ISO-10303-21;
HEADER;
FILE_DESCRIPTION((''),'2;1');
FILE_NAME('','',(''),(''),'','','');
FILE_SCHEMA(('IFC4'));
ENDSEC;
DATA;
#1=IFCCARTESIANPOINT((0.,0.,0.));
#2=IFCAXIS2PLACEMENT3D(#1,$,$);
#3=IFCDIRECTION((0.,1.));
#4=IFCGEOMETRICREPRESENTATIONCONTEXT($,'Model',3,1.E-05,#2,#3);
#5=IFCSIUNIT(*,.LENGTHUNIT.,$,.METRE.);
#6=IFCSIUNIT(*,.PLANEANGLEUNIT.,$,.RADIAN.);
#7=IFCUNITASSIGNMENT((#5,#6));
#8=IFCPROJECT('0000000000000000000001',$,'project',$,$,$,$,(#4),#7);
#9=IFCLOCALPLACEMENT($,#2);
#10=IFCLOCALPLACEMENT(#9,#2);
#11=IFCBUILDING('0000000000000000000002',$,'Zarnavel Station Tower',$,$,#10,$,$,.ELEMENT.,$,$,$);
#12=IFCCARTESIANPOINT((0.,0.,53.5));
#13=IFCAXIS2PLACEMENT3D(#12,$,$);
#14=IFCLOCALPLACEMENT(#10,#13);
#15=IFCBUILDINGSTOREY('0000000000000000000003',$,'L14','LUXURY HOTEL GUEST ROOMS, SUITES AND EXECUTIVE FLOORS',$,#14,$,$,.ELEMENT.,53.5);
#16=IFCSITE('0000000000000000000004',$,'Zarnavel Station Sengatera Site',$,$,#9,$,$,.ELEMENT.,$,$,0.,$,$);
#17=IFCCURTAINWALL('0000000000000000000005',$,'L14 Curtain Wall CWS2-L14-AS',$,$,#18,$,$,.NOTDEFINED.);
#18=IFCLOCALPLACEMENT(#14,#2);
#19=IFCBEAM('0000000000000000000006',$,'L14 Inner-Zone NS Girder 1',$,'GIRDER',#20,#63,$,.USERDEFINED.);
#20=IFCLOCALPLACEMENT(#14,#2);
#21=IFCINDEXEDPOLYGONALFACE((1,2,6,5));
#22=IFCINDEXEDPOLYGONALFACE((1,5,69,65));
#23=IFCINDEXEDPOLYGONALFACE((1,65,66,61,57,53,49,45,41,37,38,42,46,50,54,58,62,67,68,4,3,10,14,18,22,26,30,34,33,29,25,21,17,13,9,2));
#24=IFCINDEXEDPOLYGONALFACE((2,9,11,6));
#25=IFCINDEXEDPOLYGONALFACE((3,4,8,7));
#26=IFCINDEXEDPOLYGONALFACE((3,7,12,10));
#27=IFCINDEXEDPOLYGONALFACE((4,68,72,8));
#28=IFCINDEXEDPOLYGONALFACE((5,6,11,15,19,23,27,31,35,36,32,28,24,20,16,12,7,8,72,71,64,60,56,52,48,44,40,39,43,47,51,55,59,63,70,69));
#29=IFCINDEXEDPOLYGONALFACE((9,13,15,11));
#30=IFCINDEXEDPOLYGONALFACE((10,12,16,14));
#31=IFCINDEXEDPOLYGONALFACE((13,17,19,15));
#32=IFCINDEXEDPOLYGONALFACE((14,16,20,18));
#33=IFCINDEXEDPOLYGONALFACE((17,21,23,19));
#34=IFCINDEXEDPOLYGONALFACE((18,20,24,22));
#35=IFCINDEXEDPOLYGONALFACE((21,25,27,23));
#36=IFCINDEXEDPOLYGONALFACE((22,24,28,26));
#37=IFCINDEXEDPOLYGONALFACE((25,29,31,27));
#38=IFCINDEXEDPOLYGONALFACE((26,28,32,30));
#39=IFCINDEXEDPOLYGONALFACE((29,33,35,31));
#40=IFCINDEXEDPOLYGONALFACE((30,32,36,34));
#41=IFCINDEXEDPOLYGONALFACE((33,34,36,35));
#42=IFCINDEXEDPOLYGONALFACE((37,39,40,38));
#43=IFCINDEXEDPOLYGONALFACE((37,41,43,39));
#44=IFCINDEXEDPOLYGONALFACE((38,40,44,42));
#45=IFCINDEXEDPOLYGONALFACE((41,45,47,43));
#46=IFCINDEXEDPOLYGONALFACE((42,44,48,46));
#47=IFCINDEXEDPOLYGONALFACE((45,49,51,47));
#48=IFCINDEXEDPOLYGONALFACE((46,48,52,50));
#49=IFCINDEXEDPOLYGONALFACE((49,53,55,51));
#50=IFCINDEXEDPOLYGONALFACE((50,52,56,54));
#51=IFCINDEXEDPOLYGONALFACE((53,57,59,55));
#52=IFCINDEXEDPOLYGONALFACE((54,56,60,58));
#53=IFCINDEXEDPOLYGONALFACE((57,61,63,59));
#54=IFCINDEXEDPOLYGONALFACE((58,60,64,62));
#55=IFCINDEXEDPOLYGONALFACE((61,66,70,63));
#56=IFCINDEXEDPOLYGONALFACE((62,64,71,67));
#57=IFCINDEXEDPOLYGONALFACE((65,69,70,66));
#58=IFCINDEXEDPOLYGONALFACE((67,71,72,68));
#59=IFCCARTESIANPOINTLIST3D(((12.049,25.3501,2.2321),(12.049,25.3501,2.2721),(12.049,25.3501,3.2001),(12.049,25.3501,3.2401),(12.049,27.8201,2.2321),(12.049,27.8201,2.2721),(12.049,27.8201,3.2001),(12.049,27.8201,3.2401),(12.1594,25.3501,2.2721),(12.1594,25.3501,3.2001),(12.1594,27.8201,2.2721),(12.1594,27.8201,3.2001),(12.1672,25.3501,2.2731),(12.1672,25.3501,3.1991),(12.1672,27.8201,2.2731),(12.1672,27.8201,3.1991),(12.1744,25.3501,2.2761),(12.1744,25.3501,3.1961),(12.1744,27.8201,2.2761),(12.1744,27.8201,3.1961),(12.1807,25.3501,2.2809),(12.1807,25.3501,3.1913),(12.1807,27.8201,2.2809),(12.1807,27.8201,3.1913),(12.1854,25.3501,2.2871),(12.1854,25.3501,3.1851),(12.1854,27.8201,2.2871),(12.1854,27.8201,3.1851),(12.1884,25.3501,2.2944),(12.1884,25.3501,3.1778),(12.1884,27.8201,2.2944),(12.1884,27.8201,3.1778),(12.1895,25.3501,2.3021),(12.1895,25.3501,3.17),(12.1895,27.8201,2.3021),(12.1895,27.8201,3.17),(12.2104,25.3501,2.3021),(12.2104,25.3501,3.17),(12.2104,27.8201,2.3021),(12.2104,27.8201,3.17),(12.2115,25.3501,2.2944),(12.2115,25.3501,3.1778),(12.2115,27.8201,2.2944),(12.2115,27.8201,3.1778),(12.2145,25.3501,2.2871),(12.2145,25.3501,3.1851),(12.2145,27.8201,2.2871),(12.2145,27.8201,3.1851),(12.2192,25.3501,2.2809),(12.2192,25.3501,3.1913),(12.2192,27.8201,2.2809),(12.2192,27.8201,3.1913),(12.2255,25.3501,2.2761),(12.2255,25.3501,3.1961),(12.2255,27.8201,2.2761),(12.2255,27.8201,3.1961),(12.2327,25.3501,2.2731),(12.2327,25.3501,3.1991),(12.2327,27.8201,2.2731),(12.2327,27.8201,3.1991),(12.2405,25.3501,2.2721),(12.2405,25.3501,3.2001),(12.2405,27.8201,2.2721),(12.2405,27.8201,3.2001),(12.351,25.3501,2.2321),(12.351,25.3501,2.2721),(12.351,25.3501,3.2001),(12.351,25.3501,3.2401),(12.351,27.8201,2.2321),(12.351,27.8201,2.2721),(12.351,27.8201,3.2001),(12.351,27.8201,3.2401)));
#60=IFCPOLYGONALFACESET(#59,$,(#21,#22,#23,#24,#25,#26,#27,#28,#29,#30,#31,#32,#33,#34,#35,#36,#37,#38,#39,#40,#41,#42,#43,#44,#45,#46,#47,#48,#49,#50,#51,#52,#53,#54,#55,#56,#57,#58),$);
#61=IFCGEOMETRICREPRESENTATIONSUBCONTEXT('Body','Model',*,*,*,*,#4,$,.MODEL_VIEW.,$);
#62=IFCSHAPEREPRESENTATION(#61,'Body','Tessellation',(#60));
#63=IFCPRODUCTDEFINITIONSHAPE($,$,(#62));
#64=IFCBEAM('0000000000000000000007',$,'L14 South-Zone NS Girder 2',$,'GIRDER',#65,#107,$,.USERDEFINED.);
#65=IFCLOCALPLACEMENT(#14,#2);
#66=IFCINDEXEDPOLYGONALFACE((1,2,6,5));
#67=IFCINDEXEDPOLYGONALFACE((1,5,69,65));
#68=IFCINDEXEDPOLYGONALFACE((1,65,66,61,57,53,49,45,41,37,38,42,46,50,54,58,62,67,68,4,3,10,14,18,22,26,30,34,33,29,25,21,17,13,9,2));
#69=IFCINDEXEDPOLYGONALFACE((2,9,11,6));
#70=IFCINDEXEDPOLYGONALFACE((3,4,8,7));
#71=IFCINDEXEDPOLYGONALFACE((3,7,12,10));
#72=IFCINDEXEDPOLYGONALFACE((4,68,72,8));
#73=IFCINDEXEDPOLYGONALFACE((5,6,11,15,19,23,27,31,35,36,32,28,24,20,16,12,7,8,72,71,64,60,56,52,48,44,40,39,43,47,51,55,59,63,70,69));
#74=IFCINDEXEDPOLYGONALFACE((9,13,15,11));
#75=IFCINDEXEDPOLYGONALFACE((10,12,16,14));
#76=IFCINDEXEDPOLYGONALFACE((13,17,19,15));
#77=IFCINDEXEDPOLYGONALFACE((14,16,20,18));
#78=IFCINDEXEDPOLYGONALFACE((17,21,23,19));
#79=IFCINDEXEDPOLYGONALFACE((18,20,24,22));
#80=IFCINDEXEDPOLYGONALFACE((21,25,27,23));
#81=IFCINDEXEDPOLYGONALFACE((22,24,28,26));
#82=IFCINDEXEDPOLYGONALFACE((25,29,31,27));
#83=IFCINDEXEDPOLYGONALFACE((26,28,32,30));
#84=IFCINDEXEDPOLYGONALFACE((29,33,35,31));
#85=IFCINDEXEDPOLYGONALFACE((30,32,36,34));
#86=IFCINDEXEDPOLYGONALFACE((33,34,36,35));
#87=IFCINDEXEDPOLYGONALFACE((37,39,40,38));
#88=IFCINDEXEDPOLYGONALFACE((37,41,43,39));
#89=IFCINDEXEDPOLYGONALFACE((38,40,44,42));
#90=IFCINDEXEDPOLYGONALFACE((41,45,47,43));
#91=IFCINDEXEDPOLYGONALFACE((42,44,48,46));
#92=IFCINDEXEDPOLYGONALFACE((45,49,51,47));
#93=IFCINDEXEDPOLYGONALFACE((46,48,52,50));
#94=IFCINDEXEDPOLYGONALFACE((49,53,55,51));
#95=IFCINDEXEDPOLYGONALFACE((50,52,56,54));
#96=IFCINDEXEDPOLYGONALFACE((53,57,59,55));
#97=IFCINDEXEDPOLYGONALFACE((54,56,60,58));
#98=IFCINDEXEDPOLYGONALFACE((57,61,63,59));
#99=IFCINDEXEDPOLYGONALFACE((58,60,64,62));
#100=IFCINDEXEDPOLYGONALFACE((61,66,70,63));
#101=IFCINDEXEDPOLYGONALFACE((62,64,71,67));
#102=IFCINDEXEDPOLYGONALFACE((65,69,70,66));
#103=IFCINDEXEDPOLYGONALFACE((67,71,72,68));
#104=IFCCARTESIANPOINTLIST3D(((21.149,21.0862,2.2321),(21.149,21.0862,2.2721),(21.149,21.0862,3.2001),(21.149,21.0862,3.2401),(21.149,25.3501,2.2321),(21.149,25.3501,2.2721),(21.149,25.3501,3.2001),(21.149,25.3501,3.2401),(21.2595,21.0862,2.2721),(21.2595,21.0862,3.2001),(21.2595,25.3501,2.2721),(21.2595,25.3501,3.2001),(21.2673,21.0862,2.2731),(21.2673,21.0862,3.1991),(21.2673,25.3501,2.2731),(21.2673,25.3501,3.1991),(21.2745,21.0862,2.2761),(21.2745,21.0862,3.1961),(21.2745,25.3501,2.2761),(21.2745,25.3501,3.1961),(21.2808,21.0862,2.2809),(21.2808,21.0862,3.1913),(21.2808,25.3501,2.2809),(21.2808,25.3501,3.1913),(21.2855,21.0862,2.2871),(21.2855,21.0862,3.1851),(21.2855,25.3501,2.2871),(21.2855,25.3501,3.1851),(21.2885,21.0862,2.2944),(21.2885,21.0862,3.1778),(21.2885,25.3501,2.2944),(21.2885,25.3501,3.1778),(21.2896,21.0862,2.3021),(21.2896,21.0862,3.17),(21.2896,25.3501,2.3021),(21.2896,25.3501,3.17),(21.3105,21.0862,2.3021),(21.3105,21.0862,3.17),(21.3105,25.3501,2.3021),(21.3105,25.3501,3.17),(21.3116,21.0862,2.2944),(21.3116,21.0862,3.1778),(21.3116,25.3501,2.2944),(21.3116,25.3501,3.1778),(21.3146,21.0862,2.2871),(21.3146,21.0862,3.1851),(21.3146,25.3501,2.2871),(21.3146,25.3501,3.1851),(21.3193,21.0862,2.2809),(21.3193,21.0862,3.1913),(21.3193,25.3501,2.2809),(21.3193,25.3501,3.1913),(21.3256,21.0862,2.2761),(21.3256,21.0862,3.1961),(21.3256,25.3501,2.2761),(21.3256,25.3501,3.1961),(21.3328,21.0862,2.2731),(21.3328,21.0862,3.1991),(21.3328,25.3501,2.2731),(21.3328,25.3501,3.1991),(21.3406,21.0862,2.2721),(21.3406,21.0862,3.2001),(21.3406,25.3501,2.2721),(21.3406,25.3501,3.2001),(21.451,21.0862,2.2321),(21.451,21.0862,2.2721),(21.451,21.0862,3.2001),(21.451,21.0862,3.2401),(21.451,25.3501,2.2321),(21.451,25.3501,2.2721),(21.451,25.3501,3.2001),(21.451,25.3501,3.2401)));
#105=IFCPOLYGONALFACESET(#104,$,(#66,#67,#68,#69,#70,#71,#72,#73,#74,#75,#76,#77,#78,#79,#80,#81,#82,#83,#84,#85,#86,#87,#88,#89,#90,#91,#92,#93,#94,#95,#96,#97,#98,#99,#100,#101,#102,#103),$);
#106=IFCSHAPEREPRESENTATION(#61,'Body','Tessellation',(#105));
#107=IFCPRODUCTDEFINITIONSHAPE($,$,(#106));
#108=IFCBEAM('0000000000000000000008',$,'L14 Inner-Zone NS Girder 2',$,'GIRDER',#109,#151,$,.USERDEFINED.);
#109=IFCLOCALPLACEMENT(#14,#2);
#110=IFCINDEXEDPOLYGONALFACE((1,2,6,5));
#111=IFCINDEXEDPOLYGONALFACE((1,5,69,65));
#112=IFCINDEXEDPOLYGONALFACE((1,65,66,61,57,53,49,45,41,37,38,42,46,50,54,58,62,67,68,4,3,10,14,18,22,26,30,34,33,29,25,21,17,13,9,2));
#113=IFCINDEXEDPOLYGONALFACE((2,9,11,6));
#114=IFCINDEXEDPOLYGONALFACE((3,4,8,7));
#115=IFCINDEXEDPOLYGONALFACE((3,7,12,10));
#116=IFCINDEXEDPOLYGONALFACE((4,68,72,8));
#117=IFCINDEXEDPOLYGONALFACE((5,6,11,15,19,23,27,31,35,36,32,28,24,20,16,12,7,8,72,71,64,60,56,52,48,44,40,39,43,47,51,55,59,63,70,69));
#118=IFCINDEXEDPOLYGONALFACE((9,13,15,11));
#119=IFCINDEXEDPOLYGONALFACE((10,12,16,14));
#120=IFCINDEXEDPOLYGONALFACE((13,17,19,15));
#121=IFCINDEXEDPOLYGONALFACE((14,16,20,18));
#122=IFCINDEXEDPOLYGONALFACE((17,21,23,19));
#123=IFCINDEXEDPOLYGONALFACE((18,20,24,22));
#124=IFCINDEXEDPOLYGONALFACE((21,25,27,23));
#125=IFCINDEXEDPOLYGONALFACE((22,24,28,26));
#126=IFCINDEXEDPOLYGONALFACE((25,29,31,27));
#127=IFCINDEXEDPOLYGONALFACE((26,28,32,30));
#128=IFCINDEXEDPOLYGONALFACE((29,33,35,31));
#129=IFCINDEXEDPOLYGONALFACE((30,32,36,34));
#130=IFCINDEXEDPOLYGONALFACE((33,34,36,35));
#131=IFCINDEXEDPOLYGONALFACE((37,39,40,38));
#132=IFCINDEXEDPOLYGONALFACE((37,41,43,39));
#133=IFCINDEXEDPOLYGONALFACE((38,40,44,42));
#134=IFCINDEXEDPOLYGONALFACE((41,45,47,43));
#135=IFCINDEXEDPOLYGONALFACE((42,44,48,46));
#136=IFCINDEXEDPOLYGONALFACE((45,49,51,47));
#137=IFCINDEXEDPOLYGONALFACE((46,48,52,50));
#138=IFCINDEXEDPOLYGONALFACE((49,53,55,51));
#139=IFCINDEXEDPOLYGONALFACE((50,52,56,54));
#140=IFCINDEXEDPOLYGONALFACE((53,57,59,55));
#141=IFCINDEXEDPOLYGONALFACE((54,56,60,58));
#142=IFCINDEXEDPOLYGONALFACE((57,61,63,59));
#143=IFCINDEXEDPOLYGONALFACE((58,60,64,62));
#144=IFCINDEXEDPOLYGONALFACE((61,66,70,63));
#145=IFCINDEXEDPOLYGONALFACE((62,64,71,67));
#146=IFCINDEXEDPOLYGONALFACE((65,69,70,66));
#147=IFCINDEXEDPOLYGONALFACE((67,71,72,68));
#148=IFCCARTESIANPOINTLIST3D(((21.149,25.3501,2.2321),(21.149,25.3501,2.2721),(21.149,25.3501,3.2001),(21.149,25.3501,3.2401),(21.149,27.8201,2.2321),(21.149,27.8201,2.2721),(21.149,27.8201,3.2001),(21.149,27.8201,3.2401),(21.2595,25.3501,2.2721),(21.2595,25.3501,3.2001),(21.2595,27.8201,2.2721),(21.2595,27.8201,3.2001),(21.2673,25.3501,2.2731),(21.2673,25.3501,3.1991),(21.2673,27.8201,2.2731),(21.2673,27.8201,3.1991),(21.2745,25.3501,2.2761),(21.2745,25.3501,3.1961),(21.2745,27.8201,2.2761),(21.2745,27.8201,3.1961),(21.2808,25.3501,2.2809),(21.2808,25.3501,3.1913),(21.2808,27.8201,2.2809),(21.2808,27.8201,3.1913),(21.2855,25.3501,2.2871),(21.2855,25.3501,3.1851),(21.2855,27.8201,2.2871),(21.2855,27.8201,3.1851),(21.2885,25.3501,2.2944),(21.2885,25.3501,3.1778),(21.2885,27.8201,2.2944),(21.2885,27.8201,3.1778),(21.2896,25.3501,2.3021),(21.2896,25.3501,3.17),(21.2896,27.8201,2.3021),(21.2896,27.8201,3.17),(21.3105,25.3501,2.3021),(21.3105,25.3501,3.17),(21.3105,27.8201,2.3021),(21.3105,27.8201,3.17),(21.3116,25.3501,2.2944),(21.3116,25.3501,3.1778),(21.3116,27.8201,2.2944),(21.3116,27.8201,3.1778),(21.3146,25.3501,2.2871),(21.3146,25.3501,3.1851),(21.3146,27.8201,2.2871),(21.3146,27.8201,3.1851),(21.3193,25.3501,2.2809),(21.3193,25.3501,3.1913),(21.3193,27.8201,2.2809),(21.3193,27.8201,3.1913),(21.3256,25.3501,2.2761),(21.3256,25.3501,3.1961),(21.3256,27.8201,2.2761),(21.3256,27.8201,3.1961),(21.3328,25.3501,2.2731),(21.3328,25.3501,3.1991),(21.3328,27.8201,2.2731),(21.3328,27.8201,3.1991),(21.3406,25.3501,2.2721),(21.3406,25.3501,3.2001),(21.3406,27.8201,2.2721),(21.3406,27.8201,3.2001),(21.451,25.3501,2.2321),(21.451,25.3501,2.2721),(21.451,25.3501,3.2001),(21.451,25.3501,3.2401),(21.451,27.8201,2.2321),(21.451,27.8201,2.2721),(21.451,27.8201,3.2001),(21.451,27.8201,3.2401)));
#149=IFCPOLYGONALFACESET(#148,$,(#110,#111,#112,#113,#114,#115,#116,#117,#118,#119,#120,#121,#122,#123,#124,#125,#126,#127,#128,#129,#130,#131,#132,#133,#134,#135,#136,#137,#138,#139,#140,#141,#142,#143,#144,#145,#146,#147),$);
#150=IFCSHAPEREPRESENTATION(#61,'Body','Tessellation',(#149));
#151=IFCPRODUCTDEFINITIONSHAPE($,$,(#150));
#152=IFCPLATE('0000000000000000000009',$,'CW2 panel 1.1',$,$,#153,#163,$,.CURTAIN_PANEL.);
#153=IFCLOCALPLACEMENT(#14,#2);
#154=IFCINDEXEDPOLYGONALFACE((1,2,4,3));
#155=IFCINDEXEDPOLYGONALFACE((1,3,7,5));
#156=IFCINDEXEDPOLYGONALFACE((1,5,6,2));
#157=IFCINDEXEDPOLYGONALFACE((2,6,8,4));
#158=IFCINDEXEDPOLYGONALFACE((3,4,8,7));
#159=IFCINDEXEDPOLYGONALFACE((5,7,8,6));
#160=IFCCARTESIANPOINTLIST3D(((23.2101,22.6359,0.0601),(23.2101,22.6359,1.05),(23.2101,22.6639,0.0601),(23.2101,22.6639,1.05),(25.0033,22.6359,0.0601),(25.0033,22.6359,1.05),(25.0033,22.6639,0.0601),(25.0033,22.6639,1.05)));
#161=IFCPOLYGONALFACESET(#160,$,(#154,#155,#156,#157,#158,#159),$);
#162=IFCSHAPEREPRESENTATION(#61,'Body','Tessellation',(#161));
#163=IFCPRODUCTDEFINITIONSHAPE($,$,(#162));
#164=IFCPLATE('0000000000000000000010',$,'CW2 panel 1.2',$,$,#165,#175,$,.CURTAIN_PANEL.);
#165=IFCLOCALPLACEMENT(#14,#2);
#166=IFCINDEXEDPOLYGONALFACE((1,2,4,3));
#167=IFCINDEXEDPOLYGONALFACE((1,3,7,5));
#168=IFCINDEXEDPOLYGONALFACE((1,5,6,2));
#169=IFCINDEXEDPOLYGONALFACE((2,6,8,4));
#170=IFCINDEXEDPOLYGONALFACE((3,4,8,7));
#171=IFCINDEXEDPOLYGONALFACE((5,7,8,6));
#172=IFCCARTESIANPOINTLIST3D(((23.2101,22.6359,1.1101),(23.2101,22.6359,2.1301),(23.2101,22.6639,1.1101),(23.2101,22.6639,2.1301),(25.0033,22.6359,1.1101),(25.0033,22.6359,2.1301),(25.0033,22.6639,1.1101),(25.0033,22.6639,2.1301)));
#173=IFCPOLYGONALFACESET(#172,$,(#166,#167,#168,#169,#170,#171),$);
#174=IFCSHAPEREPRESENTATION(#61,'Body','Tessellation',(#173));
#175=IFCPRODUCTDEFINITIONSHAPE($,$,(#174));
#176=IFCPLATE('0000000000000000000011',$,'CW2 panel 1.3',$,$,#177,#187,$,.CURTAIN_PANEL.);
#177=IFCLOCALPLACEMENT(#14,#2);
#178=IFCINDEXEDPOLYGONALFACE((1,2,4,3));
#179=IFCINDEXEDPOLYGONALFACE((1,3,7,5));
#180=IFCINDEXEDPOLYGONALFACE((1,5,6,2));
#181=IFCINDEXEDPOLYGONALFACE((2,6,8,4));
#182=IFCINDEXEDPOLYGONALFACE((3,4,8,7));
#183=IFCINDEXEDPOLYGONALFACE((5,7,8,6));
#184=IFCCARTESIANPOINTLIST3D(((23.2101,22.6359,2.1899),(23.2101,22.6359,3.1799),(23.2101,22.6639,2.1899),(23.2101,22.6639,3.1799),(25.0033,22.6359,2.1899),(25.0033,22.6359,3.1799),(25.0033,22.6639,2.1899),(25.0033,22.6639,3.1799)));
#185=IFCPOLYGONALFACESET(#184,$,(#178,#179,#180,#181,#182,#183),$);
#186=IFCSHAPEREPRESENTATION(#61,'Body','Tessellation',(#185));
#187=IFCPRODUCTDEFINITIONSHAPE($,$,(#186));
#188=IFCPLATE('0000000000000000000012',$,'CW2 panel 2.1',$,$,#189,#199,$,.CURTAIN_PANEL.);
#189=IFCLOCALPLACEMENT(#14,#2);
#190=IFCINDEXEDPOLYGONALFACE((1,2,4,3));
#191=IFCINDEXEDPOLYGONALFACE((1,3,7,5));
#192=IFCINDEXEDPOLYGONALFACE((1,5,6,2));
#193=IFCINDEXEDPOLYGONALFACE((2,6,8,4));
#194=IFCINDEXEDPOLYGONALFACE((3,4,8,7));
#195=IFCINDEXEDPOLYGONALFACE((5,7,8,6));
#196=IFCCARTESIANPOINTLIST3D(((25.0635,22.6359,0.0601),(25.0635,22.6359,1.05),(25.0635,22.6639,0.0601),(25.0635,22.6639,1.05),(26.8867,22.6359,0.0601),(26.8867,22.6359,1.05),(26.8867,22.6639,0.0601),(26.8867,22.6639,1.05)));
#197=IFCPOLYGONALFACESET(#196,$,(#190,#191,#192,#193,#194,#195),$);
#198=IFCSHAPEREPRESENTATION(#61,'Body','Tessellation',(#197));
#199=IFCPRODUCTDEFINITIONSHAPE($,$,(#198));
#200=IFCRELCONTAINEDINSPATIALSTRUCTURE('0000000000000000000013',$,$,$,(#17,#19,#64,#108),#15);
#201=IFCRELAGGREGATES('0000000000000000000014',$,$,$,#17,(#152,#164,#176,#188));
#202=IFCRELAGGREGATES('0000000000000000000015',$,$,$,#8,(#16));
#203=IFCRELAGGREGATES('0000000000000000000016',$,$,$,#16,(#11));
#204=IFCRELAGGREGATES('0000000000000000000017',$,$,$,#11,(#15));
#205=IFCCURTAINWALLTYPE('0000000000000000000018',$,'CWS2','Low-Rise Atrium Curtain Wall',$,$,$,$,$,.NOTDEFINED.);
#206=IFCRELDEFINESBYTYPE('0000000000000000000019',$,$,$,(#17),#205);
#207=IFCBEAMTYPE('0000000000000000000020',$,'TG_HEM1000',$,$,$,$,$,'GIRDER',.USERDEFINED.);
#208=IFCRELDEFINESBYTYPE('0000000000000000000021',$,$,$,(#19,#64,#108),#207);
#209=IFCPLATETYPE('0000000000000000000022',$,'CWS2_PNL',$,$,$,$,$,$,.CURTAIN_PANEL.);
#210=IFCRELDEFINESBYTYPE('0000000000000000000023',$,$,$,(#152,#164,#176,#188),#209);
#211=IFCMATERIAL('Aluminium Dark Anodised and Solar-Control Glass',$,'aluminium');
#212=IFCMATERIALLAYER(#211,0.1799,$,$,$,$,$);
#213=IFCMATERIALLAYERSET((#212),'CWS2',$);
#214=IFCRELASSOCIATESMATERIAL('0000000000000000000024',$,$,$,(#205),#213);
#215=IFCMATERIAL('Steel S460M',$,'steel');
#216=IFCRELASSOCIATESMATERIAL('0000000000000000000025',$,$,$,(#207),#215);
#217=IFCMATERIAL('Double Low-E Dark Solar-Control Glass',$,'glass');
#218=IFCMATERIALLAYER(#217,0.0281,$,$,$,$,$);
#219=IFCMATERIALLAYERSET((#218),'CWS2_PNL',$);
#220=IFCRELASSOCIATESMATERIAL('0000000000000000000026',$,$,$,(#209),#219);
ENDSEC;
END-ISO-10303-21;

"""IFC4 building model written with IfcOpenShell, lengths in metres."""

from ifc_helpers import new_model, si_unit, direction, frame, origin, origin_2d, place, context, subcontext, project, spatial, rectangle, i_section, extrude, material, layer, layer_set, material_profile, profile_set, type_object, element, aggregate, save


model = new_model("IFC4")

# Units and contexts
model_context = context("Model", 3, precision=1e-05, world=origin(), true_north=direction((0.0, 1.0)))
body_context = subcontext(model_context, "Body", "Model", "MODEL_VIEW")
ifc_project = project(units=[si_unit("LENGTHUNIT", "METRE"), si_unit("PLANEANGLEUNIT", "RADIAN")], contexts=[model_context])

# Site, building, storey
site_placement = place(None, origin())
site = spatial("IfcSite", under=ifc_project, at=site_placement, Name="Zarnavel Station Sengatera Site", CompositionType="ELEMENT", RefElevation=0.0)
building_placement = place(site_placement, origin())
building = spatial("IfcBuilding", under=site, at=building_placement, Name="Zarnavel Station Tower", CompositionType="ELEMENT")
storey_placement = place(building_placement, frame((0.0, 0.0, 53.5)))
storey = spatial("IfcBuildingStorey", under=building, at=storey_placement, Name="L14", Description="LUXURY HOTEL GUEST ROOMS, SUITES AND EXECUTIVE FLOORS", CompositionType="ELEMENT", Elevation=53.5)

# Curtain wall
ifc_material_1 = material(Name="Aluminium Dark Anodised and Solar-Control Glass", Category="aluminium")
ifc_layer_1 = layer(ifc_material_1, 0.1799)
ifc_layer_set_1 = layer_set([ifc_layer_1], Name="CWS2")
curtain_wall_type = type_object("IfcCurtainWallType", Name="CWS2", Description="Low-Rise Atrium Curtain Wall", PredefinedType="NOTDEFINED", material=ifc_layer_set_1)
curtain_wall_placement = place(storey_placement, origin())
curtain_wall = element("IfcCurtainWall", 1, at=curtain_wall_placement, inside=storey, type_object=curtain_wall_type, Name="L14 Curtain Wall CWS2-L14-AS", PredefinedType="NOTDEFINED")

# Beams
ifc_material_2 = material(Name="Steel S460M", Category="steel")
ifc_material_profile_1 = material_profile(ifc_material_2, i_section(OverallWidth=0.302, OverallDepth=1.0081, WebThickness=0.021, FlangeThickness=0.04, FilletRadius=0.03, at=origin_2d()), Name="HEM1000")
ifc_profile_set_1 = profile_set([ifc_material_profile_1], Name="Steel S460M")
beam_type_1 = type_object("IfcBeamType", Name="TG_HEM1000", ElementType="GIRDER", PredefinedType="USERDEFINED", material=ifc_profile_set_1)
beam_1_placement = place(storey_placement, frame((12.2, 25.3501, 2.7361), z_axis=(0.0, 1.0, 0.0), x_axis=(-1.0, 0.0, 0.0)))
element("IfcBeam", 2, at=beam_1_placement, inside=storey, type_object=beam_type_1, Name="L14 Inner-Zone NS Girder 1", ObjectType="GIRDER", PredefinedType="USERDEFINED", context=body_context, shape_type="SweptSolid", body=[
    extrude(i_section(OverallWidth=0.302, OverallDepth=1.0081, WebThickness=0.021, FlangeThickness=0.04, FilletRadius=0.03, at=origin_2d()), origin(), (0.0, 0.0, 1.0), 2.47),
])
beam_2_placement = place(storey_placement, frame((21.3, 21.0862, 2.7361), z_axis=(0.0, 1.0, 0.0), x_axis=(-1.0, 0.0, 0.0)))
element("IfcBeam", 3, at=beam_2_placement, inside=storey, type_object=beam_type_1, Name="L14 South-Zone NS Girder 2", ObjectType="GIRDER", PredefinedType="USERDEFINED", context=body_context, shape_type="SweptSolid", body=[
    extrude(i_section(OverallWidth=0.302, OverallDepth=1.0081, WebThickness=0.021, FlangeThickness=0.04, FilletRadius=0.03, at=origin_2d()), origin(), (0.0, 0.0, 1.0), 4.2639),
])
beam_3_placement = place(storey_placement, frame((21.3, 25.3501, 2.7361), z_axis=(0.0, 1.0, 0.0), x_axis=(-1.0, 0.0, 0.0)))
element("IfcBeam", 4, at=beam_3_placement, inside=storey, type_object=beam_type_1, Name="L14 Inner-Zone NS Girder 2", ObjectType="GIRDER", PredefinedType="USERDEFINED", context=body_context, shape_type="SweptSolid", body=[
    extrude(i_section(OverallWidth=0.302, OverallDepth=1.0081, WebThickness=0.021, FlangeThickness=0.04, FilletRadius=0.03, at=origin_2d()), origin(), (0.0, 0.0, 1.0), 2.47),
])

# Plates
ifc_material_3 = material(Name="Double Low-E Dark Solar-Control Glass", Category="glass")
ifc_layer_2 = layer(ifc_material_3, 0.0281)
ifc_layer_set_2 = layer_set([ifc_layer_2], Name="CWS2_PNL")
plate_type_1 = type_object("IfcPlateType", Name="CWS2_PNL", PredefinedType="CURTAIN_PANEL", material=ifc_layer_set_2)
plate_1_placement = place(storey_placement, frame((24.1067, 22.6499, 0.0601), z_axis=(0.0, 0.0, 1.0), x_axis=(1.0, 0.0, 0.0)))
plate_1 = element("IfcPlate", 5, at=plate_1_placement, type_object=plate_type_1, Name="CW2 panel 1.1", PredefinedType="CURTAIN_PANEL", context=body_context, shape_type="SweptSolid", body=[
    extrude(rectangle(XDim=1.7932, YDim=0.0281, at=origin_2d()), origin(), (0.0, 0.0, 1.0), 0.99),
])
plate_2_placement = place(storey_placement, frame((24.1067, 22.6499, 1.1101), z_axis=(0.0, 0.0, 1.0), x_axis=(1.0, 0.0, 0.0)))
plate_2 = element("IfcPlate", 6, at=plate_2_placement, type_object=plate_type_1, Name="CW2 panel 1.2", PredefinedType="CURTAIN_PANEL", context=body_context, shape_type="SweptSolid", body=[
    extrude(rectangle(XDim=1.7932, YDim=0.0281, at=origin_2d()), origin(), (0.0, 0.0, 1.0), 1.02),
])
plate_3_placement = place(storey_placement, frame((24.1067, 22.6499, 2.1899), z_axis=(0.0, 0.0, 1.0), x_axis=(1.0, 0.0, 0.0)))
plate_3 = element("IfcPlate", 7, at=plate_3_placement, type_object=plate_type_1, Name="CW2 panel 1.3", PredefinedType="CURTAIN_PANEL", context=body_context, shape_type="SweptSolid", body=[
    extrude(rectangle(XDim=1.7932, YDim=0.0281, at=origin_2d()), origin(), (0.0, 0.0, 1.0), 0.99),
])
plate_4_placement = place(storey_placement, frame((25.9751, 22.6499, 0.0601), z_axis=(0.0, 0.0, 1.0), x_axis=(1.0, 0.0, 0.0)))
plate_4 = element("IfcPlate", 8, at=plate_4_placement, type_object=plate_type_1, Name="CW2 panel 2.1", PredefinedType="CURTAIN_PANEL", context=body_context, shape_type="SweptSolid", body=[
    extrude(rectangle(XDim=1.8232, YDim=0.0281, at=origin_2d()), origin(), (0.0, 0.0, 1.0), 0.99),
])
aggregate(curtain_wall, [plate_1, plate_2, plate_3, plate_4])

save(model, "model.ifc")
